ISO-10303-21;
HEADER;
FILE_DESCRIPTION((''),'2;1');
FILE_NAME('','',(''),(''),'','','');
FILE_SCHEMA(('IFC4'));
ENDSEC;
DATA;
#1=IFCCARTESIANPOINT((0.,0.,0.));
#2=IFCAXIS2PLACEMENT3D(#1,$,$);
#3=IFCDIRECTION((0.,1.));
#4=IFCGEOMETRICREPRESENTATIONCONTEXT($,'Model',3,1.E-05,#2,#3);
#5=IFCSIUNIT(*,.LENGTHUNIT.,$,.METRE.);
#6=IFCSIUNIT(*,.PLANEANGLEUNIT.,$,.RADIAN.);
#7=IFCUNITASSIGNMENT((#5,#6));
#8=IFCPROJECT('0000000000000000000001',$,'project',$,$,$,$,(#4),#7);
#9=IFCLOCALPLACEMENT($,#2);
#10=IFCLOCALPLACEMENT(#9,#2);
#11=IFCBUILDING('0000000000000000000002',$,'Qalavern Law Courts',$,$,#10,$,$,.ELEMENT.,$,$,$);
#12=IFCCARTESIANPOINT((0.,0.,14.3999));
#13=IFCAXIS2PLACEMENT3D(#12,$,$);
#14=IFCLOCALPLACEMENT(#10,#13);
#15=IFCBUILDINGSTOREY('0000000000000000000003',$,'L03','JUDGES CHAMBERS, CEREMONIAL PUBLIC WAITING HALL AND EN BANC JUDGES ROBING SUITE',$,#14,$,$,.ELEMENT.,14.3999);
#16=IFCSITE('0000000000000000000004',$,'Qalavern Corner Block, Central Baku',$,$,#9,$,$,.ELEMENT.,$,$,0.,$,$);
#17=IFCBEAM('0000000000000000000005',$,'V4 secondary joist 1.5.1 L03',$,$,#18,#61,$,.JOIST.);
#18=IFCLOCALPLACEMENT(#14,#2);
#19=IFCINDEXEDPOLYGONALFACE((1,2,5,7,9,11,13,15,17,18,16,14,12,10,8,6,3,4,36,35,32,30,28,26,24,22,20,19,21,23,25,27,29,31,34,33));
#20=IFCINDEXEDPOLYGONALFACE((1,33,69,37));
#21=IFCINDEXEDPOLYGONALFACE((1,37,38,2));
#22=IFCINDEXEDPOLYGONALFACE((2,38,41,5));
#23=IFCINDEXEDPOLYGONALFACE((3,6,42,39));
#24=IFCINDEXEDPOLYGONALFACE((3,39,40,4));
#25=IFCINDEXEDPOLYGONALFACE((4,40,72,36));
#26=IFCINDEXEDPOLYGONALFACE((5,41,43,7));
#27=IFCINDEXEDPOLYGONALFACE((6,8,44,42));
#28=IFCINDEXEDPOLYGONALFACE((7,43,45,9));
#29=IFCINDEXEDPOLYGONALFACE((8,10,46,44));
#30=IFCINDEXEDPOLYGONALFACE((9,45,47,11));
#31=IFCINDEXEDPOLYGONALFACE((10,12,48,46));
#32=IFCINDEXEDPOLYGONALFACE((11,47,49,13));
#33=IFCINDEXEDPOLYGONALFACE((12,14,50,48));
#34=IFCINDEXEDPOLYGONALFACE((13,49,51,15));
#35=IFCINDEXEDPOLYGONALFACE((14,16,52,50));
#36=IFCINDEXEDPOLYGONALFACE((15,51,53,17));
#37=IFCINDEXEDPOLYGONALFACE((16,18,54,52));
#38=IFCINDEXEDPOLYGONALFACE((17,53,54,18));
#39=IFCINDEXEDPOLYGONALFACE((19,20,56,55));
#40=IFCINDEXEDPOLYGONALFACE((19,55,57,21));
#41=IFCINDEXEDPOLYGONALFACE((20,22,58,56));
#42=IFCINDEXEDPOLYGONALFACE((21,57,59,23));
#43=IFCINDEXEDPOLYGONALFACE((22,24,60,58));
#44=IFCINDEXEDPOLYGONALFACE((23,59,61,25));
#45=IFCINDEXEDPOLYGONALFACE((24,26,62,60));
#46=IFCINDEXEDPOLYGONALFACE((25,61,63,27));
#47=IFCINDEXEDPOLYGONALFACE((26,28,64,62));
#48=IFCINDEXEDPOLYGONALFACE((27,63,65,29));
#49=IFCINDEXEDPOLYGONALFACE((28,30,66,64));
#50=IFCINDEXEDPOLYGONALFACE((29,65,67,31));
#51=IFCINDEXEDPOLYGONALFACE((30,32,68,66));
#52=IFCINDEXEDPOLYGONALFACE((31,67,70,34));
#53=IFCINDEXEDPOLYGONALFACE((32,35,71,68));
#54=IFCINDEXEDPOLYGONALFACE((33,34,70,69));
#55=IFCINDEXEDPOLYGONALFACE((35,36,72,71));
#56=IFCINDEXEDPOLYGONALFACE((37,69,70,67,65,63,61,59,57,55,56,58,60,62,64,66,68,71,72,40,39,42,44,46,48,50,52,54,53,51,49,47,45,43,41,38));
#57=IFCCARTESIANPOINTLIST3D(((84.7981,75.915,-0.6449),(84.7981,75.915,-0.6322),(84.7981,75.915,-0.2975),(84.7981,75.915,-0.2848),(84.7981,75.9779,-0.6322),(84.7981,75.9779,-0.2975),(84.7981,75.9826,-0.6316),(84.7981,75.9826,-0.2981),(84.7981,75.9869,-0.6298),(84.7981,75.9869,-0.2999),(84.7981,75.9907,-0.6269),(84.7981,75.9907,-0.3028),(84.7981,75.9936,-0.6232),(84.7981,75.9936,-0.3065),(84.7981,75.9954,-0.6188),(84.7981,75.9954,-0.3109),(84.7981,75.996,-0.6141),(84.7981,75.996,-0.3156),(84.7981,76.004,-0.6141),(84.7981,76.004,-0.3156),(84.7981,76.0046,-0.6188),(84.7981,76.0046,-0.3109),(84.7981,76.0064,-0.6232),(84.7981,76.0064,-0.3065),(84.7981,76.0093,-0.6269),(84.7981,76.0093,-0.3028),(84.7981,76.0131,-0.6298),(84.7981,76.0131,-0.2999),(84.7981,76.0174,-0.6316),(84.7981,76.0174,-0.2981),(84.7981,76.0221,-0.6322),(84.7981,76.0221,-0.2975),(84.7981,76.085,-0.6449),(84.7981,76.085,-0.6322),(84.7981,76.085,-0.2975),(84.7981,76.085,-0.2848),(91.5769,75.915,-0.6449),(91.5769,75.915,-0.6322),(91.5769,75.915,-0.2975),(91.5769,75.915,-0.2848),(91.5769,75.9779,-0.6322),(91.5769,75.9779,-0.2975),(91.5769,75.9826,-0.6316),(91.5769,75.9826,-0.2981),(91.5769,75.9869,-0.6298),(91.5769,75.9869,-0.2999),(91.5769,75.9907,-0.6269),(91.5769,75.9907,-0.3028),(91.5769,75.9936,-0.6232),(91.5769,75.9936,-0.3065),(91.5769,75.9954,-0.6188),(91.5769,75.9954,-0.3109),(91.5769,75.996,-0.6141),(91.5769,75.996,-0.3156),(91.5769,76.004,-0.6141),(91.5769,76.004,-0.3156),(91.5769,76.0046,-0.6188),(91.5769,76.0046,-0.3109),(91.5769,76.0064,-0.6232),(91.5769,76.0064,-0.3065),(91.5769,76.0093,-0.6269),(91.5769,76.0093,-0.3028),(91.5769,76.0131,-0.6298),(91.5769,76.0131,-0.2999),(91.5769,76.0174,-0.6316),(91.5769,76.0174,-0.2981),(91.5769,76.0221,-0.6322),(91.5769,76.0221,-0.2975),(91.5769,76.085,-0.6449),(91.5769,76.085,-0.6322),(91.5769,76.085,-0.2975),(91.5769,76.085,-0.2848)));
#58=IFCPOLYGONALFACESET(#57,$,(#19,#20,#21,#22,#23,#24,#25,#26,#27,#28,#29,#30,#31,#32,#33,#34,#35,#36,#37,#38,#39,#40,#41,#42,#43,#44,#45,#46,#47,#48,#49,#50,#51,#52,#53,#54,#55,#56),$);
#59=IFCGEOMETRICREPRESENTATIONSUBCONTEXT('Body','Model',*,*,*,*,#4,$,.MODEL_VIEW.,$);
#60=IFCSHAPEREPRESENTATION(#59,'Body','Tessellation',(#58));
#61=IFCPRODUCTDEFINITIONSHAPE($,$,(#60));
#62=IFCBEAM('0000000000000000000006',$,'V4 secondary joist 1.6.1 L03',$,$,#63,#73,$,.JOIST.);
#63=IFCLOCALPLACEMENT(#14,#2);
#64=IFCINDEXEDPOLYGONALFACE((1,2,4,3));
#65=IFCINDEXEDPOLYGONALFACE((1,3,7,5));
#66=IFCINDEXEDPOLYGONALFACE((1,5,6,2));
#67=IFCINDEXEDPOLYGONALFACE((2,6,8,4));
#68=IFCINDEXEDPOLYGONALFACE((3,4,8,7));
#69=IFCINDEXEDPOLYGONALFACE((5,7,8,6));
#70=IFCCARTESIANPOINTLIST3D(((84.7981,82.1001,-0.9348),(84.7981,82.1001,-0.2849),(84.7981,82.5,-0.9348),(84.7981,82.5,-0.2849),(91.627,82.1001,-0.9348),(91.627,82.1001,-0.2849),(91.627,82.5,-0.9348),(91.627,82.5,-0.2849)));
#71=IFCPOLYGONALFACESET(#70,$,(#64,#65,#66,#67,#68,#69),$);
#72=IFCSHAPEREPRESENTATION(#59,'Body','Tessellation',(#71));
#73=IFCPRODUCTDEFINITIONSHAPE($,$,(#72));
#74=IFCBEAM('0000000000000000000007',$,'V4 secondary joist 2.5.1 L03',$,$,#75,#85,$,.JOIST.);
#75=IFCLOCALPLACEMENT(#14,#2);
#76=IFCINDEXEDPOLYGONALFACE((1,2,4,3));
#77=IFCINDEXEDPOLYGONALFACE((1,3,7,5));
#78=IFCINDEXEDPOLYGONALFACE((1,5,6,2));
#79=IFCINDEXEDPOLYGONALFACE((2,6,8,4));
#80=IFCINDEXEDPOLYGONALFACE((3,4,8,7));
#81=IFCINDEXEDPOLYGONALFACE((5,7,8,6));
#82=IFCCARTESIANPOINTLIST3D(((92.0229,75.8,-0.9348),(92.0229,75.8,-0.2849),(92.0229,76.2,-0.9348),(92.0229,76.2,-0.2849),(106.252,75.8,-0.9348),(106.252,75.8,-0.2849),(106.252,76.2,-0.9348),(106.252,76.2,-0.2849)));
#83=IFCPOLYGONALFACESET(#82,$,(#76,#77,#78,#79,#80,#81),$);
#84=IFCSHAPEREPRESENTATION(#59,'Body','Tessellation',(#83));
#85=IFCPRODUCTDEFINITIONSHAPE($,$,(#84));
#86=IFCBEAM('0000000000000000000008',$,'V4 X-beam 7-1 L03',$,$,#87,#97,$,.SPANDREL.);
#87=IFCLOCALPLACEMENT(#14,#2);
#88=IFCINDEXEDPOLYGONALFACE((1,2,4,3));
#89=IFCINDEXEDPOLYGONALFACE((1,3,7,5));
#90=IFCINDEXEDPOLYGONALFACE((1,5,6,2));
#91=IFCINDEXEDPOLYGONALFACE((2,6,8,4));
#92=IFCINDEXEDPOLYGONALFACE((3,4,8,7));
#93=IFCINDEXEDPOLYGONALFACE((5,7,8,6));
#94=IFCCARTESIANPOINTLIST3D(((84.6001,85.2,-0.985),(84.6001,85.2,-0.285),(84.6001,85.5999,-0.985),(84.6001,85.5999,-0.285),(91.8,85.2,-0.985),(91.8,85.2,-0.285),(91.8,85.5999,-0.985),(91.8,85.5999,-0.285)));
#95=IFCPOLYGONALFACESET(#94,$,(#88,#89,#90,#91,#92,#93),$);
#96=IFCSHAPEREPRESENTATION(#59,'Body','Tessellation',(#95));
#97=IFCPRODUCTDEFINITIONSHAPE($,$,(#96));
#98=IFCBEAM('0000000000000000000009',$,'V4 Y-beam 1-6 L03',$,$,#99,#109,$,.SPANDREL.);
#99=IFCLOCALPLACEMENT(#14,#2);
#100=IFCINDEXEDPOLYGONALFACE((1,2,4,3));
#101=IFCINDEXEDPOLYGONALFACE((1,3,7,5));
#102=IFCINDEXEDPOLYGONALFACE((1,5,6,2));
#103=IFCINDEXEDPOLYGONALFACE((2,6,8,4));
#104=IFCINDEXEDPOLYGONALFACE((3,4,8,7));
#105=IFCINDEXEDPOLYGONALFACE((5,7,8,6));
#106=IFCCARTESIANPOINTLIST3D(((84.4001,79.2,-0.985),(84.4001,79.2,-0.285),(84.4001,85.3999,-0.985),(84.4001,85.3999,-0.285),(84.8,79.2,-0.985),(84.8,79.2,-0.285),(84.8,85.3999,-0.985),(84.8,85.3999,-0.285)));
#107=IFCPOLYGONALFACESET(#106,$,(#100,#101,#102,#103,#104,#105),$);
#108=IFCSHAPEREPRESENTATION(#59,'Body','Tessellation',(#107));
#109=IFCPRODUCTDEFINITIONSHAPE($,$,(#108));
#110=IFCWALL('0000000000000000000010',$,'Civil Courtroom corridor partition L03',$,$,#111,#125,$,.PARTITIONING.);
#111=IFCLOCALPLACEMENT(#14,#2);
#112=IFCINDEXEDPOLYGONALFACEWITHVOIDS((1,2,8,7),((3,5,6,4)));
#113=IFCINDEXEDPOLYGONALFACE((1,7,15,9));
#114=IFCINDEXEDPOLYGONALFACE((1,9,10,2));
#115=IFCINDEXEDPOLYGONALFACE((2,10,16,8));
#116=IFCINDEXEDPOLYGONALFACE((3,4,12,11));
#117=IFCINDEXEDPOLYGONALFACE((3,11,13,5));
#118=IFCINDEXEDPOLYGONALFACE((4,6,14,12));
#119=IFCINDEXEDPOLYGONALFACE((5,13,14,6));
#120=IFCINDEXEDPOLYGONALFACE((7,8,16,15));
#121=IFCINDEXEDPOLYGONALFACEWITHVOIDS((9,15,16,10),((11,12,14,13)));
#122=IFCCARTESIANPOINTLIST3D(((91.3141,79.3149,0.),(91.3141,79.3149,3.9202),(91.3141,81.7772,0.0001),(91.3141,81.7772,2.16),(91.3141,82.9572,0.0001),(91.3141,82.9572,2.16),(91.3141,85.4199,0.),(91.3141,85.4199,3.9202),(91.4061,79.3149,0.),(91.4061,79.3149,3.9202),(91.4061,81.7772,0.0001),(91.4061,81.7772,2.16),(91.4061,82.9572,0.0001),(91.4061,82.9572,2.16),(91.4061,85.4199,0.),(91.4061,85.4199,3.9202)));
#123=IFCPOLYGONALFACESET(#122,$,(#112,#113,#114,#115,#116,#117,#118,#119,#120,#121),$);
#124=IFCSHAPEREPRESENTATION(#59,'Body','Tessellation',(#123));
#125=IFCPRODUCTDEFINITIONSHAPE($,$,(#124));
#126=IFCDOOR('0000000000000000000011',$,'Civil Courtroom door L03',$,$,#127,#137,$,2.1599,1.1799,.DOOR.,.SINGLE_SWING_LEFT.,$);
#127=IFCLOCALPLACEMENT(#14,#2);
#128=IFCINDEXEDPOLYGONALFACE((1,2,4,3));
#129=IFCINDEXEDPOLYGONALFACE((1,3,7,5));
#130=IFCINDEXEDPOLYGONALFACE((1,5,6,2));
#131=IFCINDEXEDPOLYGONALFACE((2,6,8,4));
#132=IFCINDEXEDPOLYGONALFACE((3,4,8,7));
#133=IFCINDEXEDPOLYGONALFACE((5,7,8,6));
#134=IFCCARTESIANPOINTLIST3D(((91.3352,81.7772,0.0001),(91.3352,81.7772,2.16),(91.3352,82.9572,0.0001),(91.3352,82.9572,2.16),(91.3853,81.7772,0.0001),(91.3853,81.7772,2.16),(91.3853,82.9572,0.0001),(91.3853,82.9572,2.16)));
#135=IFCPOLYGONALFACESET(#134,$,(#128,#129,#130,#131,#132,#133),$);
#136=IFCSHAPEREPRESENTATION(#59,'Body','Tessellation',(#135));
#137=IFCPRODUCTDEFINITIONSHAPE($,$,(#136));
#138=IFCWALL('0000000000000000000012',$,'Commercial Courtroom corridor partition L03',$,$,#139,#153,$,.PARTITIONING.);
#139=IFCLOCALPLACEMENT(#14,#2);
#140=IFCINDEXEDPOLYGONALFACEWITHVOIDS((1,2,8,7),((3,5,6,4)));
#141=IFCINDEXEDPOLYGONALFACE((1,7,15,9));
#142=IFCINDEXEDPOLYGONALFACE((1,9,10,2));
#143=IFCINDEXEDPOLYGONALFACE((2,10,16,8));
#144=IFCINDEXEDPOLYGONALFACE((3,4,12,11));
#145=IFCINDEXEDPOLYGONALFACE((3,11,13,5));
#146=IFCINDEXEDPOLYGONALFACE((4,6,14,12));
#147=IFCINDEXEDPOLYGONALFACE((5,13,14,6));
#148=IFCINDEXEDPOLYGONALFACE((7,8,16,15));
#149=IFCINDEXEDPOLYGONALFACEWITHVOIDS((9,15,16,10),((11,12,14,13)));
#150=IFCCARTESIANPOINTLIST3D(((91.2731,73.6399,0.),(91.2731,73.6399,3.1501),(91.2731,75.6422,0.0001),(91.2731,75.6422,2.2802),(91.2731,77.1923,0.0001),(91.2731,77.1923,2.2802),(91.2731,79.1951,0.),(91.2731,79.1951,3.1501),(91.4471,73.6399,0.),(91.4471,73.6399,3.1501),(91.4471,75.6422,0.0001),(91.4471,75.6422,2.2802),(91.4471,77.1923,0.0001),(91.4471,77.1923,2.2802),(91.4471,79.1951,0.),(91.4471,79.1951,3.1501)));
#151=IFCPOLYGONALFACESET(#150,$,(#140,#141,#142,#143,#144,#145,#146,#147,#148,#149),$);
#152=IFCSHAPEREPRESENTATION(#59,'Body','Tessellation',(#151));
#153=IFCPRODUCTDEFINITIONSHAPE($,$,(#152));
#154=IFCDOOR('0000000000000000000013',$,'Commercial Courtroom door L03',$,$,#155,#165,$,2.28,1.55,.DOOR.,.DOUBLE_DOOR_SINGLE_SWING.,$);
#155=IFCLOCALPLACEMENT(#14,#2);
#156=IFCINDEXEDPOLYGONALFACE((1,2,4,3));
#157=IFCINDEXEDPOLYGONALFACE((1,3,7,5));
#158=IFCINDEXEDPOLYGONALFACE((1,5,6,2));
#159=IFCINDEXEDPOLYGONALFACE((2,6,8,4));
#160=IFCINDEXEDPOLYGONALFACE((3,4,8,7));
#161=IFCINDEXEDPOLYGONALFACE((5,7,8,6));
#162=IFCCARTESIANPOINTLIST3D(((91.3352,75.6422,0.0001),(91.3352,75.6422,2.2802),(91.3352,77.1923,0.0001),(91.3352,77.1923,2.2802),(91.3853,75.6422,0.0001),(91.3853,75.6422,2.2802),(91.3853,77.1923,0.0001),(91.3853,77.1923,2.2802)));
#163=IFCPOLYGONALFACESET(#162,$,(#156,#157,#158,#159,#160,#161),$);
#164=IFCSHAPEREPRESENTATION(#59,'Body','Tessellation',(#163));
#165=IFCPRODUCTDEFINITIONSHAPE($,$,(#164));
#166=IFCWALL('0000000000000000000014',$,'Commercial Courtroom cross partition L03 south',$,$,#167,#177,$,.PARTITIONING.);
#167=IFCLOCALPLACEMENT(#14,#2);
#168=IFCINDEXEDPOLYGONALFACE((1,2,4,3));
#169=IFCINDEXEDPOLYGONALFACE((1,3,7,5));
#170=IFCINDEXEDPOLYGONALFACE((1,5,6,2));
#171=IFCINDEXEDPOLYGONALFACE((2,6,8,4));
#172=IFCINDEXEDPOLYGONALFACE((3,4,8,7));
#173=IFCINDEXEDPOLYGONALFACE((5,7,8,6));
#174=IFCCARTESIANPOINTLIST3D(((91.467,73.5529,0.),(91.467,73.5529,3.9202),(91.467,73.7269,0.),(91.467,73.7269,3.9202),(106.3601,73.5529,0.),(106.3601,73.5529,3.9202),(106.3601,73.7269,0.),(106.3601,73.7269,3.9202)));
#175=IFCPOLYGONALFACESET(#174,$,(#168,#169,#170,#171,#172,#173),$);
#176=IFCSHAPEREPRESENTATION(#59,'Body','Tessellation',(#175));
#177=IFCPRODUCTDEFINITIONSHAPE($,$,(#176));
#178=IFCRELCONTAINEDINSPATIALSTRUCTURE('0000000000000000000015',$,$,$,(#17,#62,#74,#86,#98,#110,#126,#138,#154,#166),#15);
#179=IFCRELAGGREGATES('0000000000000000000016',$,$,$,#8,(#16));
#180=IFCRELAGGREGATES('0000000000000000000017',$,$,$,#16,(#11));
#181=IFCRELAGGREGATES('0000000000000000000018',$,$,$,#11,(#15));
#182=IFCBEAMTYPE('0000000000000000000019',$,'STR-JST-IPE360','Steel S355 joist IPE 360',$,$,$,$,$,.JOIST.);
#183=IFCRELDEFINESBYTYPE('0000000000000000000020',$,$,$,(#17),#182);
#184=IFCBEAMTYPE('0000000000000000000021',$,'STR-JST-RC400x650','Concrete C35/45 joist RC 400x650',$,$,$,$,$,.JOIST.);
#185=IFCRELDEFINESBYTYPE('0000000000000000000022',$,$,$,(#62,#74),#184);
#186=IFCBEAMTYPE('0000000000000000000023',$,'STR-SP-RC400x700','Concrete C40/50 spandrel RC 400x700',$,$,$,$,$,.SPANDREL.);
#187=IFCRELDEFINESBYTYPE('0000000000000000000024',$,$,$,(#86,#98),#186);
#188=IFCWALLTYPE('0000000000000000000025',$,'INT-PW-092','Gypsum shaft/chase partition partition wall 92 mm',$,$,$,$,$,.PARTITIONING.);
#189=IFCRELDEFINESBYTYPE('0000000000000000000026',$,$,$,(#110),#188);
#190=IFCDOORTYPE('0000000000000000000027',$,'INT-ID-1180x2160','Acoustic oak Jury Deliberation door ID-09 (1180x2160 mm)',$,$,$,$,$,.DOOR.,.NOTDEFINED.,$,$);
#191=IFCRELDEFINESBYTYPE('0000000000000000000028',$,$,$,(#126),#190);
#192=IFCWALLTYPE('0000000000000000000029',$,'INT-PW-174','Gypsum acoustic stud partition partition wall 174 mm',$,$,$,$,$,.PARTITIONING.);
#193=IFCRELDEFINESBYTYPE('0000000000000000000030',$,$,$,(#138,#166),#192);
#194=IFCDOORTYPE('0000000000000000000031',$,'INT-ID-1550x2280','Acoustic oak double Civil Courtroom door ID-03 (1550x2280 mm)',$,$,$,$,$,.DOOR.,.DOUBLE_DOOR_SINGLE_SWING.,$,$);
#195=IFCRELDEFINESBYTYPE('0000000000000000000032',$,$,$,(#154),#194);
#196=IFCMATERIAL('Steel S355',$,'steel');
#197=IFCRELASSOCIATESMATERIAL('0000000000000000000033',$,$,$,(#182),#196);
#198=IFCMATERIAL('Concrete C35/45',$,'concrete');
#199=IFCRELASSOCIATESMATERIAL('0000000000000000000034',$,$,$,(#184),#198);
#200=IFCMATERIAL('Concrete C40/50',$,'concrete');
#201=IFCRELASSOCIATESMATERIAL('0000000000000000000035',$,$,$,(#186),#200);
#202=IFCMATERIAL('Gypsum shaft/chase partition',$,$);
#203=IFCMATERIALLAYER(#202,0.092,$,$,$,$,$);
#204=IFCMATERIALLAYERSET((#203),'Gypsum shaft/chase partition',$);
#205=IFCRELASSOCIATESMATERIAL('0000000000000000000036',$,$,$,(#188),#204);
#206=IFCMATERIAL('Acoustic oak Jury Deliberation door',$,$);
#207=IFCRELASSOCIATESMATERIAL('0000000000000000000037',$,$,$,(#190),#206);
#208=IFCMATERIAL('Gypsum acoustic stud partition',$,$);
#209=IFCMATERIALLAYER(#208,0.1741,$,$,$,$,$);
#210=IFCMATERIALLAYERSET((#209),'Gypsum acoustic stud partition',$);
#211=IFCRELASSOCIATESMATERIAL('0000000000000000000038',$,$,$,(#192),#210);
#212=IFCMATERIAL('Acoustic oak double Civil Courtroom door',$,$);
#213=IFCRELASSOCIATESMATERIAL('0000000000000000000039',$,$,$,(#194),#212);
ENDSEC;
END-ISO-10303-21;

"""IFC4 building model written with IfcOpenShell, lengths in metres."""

from ifc_helpers import new_model, si_unit, direction, frame, frame_2d, origin, origin_2d, place, context, subcontext, project, spatial, rectangle, i_section, extrude, material, layer, layer_set, material_profile, profile_set, type_object, element, fill, save


model = new_model("IFC4")

# Units and contexts
model_context = context("Model", 3, precision=1e-05, world=origin(), true_north=direction((0.0, 1.0)))
body_context = subcontext(model_context, "Body", "Model", "MODEL_VIEW")
ifc_project = project(units=[si_unit("LENGTHUNIT", "METRE"), si_unit("PLANEANGLEUNIT", "RADIAN")], contexts=[model_context])

# Site, building, storey
site_placement = place(None, origin())
site = spatial("IfcSite", under=ifc_project, at=site_placement, Name="Qalavern Corner Block, Central Baku", CompositionType="ELEMENT", RefElevation=0.0)
building_placement = place(site_placement, origin())
building = spatial("IfcBuilding", under=site, at=building_placement, Name="Qalavern Law Courts", CompositionType="ELEMENT")
storey_placement = place(building_placement, frame((0.0, 0.0, 14.3999)))
storey = spatial("IfcBuildingStorey", under=building, at=storey_placement, Name="L03", Description="JUDGES CHAMBERS, CEREMONIAL PUBLIC WAITING HALL AND EN BANC JUDGES ROBING SUITE", CompositionType="ELEMENT", Elevation=14.3999)

# Beams
ifc_material_1 = material(Name="Concrete C35/45", Category="concrete")
ifc_material_2 = material(Name="Concrete C40/50", Category="concrete")
ifc_material_3 = material(Name="Steel S355", Category="steel")
ifc_material_profile_1 = material_profile(ifc_material_3, i_section(OverallWidth=0.1699, OverallDepth=0.3601, WebThickness=0.0081, FlangeThickness=0.0127, FilletRadius=0.0181, at=origin_2d()), Name="IPE 360")
ifc_profile_set_1 = profile_set([ifc_material_profile_1], Name="Steel S355")
beam_type_1 = type_object("IfcBeamType", Name="STR-JST-IPE360", Description="Steel S355 joist IPE 360", PredefinedType="JOIST", material=ifc_profile_set_1)
beam_1_placement = place(storey_placement, frame((84.7981, 76.0, -0.4648), z_axis=(1.0, 0.0, 0.0), x_axis=(0.0, 1.0, 0.0)))
element("IfcBeam", 1, at=beam_1_placement, inside=storey, type_object=beam_type_1, Name="V4 secondary joist 1.5.1 L03", PredefinedType="JOIST", context=body_context, shape_type="SweptSolid", body=[
    extrude(i_section(OverallWidth=0.1699, OverallDepth=0.3601, WebThickness=0.0081, FlangeThickness=0.0127, FilletRadius=0.0181, at=origin_2d()), origin(), (0.0, 0.0, 1.0), 6.7788),
])
ifc_material_profile_2 = material_profile(ifc_material_1, rectangle(XDim=0.3999, YDim=0.6499, at=origin_2d()), Name="RC 400x650")
ifc_profile_set_2 = profile_set([ifc_material_profile_2], Name="Concrete C35/45")
beam_type_2 = type_object("IfcBeamType", Name="STR-JST-RC400x650", Description="Concrete C35/45 joist RC 400x650", PredefinedType="JOIST", material=ifc_profile_set_2)
beam_2_placement = place(storey_placement, frame((84.7981, 82.3, -0.6099), z_axis=(1.0, 0.0, 0.0), x_axis=(0.0, 1.0, 0.0)))
element("IfcBeam", 2, at=beam_2_placement, inside=storey, type_object=beam_type_2, Name="V4 secondary joist 1.6.1 L03", PredefinedType="JOIST", context=body_context, shape_type="SweptSolid", body=[
    extrude(rectangle(XDim=0.3999, YDim=0.6499, at=origin_2d()), origin(), (0.0, 0.0, 1.0), 6.8289),
])
beam_3_placement = place(storey_placement, frame((92.0229, 76.0, -0.6099), z_axis=(1.0, 0.0, 0.0), x_axis=(0.0, 1.0, 0.0)))
element("IfcBeam", 3, at=beam_3_placement, inside=storey, type_object=beam_type_2, Name="V4 secondary joist 2.5.1 L03", PredefinedType="JOIST", context=body_context, shape_type="SweptSolid", body=[
    extrude(rectangle(XDim=0.3999, YDim=0.6499, at=origin_2d()), origin(), (0.0, 0.0, 1.0), 14.229),
])
ifc_material_profile_3 = material_profile(ifc_material_2, rectangle(XDim=0.3999, YDim=0.7, at=origin_2d()), Name="RC 400x700")
ifc_profile_set_3 = profile_set([ifc_material_profile_3], Name="Concrete C40/50")
beam_type_3 = type_object("IfcBeamType", Name="STR-SP-RC400x700", Description="Concrete C40/50 spandrel RC 400x700", PredefinedType="SPANDREL", material=ifc_profile_set_3)
beam_4_placement = place(storey_placement, frame((84.6001, 85.3999, -0.635), z_axis=(1.0, 0.0, 0.0), x_axis=(0.0, 1.0, 0.0)))
element("IfcBeam", 4, at=beam_4_placement, inside=storey, type_object=beam_type_3, Name="V4 X-beam 7-1 L03", PredefinedType="SPANDREL", context=body_context, shape_type="SweptSolid", body=[
    extrude(rectangle(XDim=0.3999, YDim=0.7, at=origin_2d()), origin(), (0.0, 0.0, 1.0), 7.2),
])
beam_5_placement = place(storey_placement, frame((84.6001, 79.2, -0.635), z_axis=(0.0, 1.0, 0.0), x_axis=(-1.0, 0.0, 0.0)))
element("IfcBeam", 5, at=beam_5_placement, inside=storey, type_object=beam_type_3, Name="V4 Y-beam 1-6 L03", PredefinedType="SPANDREL", context=body_context, shape_type="SweptSolid", body=[
    extrude(rectangle(XDim=0.3999, YDim=0.7, at=origin_2d()), origin(), (0.0, 0.0, 1.0), 6.2),
])

# Walls, openings, doors
ifc_material_4 = material(Name="Gypsum shaft/chase partition")
ifc_layer_1 = layer(ifc_material_4, 0.092)
ifc_layer_set_1 = layer_set([ifc_layer_1], Name="Gypsum shaft/chase partition")
wall_type_1 = type_object("IfcWallType", Name="INT-PW-092", Description="Gypsum shaft/chase partition partition wall 92 mm", PredefinedType="PARTITIONING", material=ifc_layer_set_1)
wall_1_placement = place(storey_placement, frame((91.3601, 79.3149, 0.0), z_axis=(0.0, 0.0, 1.0), x_axis=(0.0, 1.0, 0.0)))
wall_1 = element("IfcWall", 6, at=wall_1_placement, inside=storey, type_object=wall_type_1, Name="Civil Courtroom corridor partition L03", PredefinedType="PARTITIONING", context=body_context, shape_type="SweptSolid", body=[
    extrude(rectangle(XDim=6.105, YDim=0.092, at=frame_2d((3.0525, 0.0))), origin(), (0.0, 0.0, 1.0), 3.9202),
])
opening_1_placement = place(wall_1_placement, frame((2.4624, 0.0, 0.0)))
opening_1 = element("IfcOpeningElement", 7, at=opening_1_placement, cuts=wall_1, PredefinedType="OPENING", context=body_context, shape_type="SweptSolid", body=[
    extrude(rectangle(XDim=1.1799, YDim=2.1599, at=frame_2d((0.5898, 1.0801))), frame((0.0, 0.061, 0.0), z_axis=(0.0, -1.0, 0.0), x_axis=(1.0, 0.0, 0.0)), (0.0, 0.0, 1.0), 0.1218),
])
ifc_material_5 = material(Name="Acoustic oak Jury Deliberation door")
door_type_1 = type_object("IfcDoorType", Name="INT-ID-1180x2160", Description="Acoustic oak Jury Deliberation door ID-09 (1180x2160 mm)", OperationType="NOTDEFINED", PredefinedType="DOOR", material=ifc_material_5)
door_1_placement = place(opening_1_placement, origin())
door_1 = element("IfcDoor", 8, at=door_1_placement, inside=storey, type_object=door_type_1, Name="Civil Courtroom door L03", OperationType="SINGLE_SWING_LEFT", OverallHeight=2.1599, OverallWidth=1.1799, PredefinedType="DOOR", context=body_context, shape_type="SweptSolid", body=[
    extrude(rectangle(XDim=1.1799, YDim=2.1599, at=frame_2d((0.5898, 1.0801))), frame((0.0, 0.0249, 0.0), z_axis=(0.0, -1.0, 0.0), x_axis=(1.0, 0.0, 0.0)), (0.0, 0.0, 1.0), 0.05),
])
fill(opening_1, door_1)
ifc_material_6 = material(Name="Gypsum acoustic stud partition")
ifc_layer_2 = layer(ifc_material_6, 0.1741)
ifc_layer_set_2 = layer_set([ifc_layer_2], Name="Gypsum acoustic stud partition")
wall_type_2 = type_object("IfcWallType", Name="INT-PW-174", Description="Gypsum acoustic stud partition partition wall 174 mm", PredefinedType="PARTITIONING", material=ifc_layer_set_2)
wall_2_placement = place(storey_placement, frame((91.3601, 73.6399, 0.0), z_axis=(0.0, 0.0, 1.0), x_axis=(0.0, 1.0, 0.0)))
wall_2 = element("IfcWall", 9, at=wall_2_placement, inside=storey, type_object=wall_type_2, Name="Commercial Courtroom corridor partition L03", PredefinedType="PARTITIONING", context=body_context, shape_type="SweptSolid", body=[
    extrude(rectangle(XDim=5.5552, YDim=0.1741, at=frame_2d((2.7776, 0.0))), origin(), (0.0, 0.0, 1.0), 3.1501),
])
opening_2_placement = place(wall_2_placement, frame((2.0024, 0.0, 0.0)))
opening_2 = element("IfcOpeningElement", 10, at=opening_2_placement, cuts=wall_2, PredefinedType="OPENING", context=body_context, shape_type="SweptSolid", body=[
    extrude(rectangle(XDim=1.55, YDim=2.28, at=frame_2d((0.7749, 1.1401))), frame((0.0, 0.1021, 0.0), z_axis=(0.0, -1.0, 0.0), x_axis=(1.0, 0.0, 0.0)), (0.0, 0.0, 1.0), 0.2039),
])
ifc_material_7 = material(Name="Acoustic oak double Civil Courtroom door")
door_type_2 = type_object("IfcDoorType", Name="INT-ID-1550x2280", Description="Acoustic oak double Civil Courtroom door ID-03 (1550x2280 mm)", OperationType="DOUBLE_DOOR_SINGLE_SWING", PredefinedType="DOOR", material=ifc_material_7)
door_2_placement = place(opening_2_placement, origin())
door_2 = element("IfcDoor", 11, at=door_2_placement, inside=storey, type_object=door_type_2, Name="Commercial Courtroom door L03", OperationType="DOUBLE_DOOR_SINGLE_SWING", OverallHeight=2.28, OverallWidth=1.55, PredefinedType="DOOR", context=body_context, shape_type="SweptSolid", body=[
    extrude(rectangle(XDim=1.55, YDim=2.28, at=frame_2d((0.7749, 1.1401))), frame((0.0, 0.0249, 0.0), z_axis=(0.0, -1.0, 0.0), x_axis=(1.0, 0.0, 0.0)), (0.0, 0.0, 1.0), 0.05),
])
fill(opening_2, door_2)

# Wall
wall_3_placement = place(storey_placement, frame((91.467, 73.6399, 0.0), z_axis=(0.0, 0.0, 1.0), x_axis=(1.0, 0.0, 0.0)))
element("IfcWall", 12, at=wall_3_placement, inside=storey, type_object=wall_type_2, Name="Commercial Courtroom cross partition L03 south", PredefinedType="PARTITIONING", context=body_context, shape_type="SweptSolid", body=[
    extrude(rectangle(XDim=14.8931, YDim=0.1741, at=frame_2d((7.4465, 0.0))), origin(), (0.0, 0.0, 1.0), 3.9202),
])

save(model, "model.ifc")
